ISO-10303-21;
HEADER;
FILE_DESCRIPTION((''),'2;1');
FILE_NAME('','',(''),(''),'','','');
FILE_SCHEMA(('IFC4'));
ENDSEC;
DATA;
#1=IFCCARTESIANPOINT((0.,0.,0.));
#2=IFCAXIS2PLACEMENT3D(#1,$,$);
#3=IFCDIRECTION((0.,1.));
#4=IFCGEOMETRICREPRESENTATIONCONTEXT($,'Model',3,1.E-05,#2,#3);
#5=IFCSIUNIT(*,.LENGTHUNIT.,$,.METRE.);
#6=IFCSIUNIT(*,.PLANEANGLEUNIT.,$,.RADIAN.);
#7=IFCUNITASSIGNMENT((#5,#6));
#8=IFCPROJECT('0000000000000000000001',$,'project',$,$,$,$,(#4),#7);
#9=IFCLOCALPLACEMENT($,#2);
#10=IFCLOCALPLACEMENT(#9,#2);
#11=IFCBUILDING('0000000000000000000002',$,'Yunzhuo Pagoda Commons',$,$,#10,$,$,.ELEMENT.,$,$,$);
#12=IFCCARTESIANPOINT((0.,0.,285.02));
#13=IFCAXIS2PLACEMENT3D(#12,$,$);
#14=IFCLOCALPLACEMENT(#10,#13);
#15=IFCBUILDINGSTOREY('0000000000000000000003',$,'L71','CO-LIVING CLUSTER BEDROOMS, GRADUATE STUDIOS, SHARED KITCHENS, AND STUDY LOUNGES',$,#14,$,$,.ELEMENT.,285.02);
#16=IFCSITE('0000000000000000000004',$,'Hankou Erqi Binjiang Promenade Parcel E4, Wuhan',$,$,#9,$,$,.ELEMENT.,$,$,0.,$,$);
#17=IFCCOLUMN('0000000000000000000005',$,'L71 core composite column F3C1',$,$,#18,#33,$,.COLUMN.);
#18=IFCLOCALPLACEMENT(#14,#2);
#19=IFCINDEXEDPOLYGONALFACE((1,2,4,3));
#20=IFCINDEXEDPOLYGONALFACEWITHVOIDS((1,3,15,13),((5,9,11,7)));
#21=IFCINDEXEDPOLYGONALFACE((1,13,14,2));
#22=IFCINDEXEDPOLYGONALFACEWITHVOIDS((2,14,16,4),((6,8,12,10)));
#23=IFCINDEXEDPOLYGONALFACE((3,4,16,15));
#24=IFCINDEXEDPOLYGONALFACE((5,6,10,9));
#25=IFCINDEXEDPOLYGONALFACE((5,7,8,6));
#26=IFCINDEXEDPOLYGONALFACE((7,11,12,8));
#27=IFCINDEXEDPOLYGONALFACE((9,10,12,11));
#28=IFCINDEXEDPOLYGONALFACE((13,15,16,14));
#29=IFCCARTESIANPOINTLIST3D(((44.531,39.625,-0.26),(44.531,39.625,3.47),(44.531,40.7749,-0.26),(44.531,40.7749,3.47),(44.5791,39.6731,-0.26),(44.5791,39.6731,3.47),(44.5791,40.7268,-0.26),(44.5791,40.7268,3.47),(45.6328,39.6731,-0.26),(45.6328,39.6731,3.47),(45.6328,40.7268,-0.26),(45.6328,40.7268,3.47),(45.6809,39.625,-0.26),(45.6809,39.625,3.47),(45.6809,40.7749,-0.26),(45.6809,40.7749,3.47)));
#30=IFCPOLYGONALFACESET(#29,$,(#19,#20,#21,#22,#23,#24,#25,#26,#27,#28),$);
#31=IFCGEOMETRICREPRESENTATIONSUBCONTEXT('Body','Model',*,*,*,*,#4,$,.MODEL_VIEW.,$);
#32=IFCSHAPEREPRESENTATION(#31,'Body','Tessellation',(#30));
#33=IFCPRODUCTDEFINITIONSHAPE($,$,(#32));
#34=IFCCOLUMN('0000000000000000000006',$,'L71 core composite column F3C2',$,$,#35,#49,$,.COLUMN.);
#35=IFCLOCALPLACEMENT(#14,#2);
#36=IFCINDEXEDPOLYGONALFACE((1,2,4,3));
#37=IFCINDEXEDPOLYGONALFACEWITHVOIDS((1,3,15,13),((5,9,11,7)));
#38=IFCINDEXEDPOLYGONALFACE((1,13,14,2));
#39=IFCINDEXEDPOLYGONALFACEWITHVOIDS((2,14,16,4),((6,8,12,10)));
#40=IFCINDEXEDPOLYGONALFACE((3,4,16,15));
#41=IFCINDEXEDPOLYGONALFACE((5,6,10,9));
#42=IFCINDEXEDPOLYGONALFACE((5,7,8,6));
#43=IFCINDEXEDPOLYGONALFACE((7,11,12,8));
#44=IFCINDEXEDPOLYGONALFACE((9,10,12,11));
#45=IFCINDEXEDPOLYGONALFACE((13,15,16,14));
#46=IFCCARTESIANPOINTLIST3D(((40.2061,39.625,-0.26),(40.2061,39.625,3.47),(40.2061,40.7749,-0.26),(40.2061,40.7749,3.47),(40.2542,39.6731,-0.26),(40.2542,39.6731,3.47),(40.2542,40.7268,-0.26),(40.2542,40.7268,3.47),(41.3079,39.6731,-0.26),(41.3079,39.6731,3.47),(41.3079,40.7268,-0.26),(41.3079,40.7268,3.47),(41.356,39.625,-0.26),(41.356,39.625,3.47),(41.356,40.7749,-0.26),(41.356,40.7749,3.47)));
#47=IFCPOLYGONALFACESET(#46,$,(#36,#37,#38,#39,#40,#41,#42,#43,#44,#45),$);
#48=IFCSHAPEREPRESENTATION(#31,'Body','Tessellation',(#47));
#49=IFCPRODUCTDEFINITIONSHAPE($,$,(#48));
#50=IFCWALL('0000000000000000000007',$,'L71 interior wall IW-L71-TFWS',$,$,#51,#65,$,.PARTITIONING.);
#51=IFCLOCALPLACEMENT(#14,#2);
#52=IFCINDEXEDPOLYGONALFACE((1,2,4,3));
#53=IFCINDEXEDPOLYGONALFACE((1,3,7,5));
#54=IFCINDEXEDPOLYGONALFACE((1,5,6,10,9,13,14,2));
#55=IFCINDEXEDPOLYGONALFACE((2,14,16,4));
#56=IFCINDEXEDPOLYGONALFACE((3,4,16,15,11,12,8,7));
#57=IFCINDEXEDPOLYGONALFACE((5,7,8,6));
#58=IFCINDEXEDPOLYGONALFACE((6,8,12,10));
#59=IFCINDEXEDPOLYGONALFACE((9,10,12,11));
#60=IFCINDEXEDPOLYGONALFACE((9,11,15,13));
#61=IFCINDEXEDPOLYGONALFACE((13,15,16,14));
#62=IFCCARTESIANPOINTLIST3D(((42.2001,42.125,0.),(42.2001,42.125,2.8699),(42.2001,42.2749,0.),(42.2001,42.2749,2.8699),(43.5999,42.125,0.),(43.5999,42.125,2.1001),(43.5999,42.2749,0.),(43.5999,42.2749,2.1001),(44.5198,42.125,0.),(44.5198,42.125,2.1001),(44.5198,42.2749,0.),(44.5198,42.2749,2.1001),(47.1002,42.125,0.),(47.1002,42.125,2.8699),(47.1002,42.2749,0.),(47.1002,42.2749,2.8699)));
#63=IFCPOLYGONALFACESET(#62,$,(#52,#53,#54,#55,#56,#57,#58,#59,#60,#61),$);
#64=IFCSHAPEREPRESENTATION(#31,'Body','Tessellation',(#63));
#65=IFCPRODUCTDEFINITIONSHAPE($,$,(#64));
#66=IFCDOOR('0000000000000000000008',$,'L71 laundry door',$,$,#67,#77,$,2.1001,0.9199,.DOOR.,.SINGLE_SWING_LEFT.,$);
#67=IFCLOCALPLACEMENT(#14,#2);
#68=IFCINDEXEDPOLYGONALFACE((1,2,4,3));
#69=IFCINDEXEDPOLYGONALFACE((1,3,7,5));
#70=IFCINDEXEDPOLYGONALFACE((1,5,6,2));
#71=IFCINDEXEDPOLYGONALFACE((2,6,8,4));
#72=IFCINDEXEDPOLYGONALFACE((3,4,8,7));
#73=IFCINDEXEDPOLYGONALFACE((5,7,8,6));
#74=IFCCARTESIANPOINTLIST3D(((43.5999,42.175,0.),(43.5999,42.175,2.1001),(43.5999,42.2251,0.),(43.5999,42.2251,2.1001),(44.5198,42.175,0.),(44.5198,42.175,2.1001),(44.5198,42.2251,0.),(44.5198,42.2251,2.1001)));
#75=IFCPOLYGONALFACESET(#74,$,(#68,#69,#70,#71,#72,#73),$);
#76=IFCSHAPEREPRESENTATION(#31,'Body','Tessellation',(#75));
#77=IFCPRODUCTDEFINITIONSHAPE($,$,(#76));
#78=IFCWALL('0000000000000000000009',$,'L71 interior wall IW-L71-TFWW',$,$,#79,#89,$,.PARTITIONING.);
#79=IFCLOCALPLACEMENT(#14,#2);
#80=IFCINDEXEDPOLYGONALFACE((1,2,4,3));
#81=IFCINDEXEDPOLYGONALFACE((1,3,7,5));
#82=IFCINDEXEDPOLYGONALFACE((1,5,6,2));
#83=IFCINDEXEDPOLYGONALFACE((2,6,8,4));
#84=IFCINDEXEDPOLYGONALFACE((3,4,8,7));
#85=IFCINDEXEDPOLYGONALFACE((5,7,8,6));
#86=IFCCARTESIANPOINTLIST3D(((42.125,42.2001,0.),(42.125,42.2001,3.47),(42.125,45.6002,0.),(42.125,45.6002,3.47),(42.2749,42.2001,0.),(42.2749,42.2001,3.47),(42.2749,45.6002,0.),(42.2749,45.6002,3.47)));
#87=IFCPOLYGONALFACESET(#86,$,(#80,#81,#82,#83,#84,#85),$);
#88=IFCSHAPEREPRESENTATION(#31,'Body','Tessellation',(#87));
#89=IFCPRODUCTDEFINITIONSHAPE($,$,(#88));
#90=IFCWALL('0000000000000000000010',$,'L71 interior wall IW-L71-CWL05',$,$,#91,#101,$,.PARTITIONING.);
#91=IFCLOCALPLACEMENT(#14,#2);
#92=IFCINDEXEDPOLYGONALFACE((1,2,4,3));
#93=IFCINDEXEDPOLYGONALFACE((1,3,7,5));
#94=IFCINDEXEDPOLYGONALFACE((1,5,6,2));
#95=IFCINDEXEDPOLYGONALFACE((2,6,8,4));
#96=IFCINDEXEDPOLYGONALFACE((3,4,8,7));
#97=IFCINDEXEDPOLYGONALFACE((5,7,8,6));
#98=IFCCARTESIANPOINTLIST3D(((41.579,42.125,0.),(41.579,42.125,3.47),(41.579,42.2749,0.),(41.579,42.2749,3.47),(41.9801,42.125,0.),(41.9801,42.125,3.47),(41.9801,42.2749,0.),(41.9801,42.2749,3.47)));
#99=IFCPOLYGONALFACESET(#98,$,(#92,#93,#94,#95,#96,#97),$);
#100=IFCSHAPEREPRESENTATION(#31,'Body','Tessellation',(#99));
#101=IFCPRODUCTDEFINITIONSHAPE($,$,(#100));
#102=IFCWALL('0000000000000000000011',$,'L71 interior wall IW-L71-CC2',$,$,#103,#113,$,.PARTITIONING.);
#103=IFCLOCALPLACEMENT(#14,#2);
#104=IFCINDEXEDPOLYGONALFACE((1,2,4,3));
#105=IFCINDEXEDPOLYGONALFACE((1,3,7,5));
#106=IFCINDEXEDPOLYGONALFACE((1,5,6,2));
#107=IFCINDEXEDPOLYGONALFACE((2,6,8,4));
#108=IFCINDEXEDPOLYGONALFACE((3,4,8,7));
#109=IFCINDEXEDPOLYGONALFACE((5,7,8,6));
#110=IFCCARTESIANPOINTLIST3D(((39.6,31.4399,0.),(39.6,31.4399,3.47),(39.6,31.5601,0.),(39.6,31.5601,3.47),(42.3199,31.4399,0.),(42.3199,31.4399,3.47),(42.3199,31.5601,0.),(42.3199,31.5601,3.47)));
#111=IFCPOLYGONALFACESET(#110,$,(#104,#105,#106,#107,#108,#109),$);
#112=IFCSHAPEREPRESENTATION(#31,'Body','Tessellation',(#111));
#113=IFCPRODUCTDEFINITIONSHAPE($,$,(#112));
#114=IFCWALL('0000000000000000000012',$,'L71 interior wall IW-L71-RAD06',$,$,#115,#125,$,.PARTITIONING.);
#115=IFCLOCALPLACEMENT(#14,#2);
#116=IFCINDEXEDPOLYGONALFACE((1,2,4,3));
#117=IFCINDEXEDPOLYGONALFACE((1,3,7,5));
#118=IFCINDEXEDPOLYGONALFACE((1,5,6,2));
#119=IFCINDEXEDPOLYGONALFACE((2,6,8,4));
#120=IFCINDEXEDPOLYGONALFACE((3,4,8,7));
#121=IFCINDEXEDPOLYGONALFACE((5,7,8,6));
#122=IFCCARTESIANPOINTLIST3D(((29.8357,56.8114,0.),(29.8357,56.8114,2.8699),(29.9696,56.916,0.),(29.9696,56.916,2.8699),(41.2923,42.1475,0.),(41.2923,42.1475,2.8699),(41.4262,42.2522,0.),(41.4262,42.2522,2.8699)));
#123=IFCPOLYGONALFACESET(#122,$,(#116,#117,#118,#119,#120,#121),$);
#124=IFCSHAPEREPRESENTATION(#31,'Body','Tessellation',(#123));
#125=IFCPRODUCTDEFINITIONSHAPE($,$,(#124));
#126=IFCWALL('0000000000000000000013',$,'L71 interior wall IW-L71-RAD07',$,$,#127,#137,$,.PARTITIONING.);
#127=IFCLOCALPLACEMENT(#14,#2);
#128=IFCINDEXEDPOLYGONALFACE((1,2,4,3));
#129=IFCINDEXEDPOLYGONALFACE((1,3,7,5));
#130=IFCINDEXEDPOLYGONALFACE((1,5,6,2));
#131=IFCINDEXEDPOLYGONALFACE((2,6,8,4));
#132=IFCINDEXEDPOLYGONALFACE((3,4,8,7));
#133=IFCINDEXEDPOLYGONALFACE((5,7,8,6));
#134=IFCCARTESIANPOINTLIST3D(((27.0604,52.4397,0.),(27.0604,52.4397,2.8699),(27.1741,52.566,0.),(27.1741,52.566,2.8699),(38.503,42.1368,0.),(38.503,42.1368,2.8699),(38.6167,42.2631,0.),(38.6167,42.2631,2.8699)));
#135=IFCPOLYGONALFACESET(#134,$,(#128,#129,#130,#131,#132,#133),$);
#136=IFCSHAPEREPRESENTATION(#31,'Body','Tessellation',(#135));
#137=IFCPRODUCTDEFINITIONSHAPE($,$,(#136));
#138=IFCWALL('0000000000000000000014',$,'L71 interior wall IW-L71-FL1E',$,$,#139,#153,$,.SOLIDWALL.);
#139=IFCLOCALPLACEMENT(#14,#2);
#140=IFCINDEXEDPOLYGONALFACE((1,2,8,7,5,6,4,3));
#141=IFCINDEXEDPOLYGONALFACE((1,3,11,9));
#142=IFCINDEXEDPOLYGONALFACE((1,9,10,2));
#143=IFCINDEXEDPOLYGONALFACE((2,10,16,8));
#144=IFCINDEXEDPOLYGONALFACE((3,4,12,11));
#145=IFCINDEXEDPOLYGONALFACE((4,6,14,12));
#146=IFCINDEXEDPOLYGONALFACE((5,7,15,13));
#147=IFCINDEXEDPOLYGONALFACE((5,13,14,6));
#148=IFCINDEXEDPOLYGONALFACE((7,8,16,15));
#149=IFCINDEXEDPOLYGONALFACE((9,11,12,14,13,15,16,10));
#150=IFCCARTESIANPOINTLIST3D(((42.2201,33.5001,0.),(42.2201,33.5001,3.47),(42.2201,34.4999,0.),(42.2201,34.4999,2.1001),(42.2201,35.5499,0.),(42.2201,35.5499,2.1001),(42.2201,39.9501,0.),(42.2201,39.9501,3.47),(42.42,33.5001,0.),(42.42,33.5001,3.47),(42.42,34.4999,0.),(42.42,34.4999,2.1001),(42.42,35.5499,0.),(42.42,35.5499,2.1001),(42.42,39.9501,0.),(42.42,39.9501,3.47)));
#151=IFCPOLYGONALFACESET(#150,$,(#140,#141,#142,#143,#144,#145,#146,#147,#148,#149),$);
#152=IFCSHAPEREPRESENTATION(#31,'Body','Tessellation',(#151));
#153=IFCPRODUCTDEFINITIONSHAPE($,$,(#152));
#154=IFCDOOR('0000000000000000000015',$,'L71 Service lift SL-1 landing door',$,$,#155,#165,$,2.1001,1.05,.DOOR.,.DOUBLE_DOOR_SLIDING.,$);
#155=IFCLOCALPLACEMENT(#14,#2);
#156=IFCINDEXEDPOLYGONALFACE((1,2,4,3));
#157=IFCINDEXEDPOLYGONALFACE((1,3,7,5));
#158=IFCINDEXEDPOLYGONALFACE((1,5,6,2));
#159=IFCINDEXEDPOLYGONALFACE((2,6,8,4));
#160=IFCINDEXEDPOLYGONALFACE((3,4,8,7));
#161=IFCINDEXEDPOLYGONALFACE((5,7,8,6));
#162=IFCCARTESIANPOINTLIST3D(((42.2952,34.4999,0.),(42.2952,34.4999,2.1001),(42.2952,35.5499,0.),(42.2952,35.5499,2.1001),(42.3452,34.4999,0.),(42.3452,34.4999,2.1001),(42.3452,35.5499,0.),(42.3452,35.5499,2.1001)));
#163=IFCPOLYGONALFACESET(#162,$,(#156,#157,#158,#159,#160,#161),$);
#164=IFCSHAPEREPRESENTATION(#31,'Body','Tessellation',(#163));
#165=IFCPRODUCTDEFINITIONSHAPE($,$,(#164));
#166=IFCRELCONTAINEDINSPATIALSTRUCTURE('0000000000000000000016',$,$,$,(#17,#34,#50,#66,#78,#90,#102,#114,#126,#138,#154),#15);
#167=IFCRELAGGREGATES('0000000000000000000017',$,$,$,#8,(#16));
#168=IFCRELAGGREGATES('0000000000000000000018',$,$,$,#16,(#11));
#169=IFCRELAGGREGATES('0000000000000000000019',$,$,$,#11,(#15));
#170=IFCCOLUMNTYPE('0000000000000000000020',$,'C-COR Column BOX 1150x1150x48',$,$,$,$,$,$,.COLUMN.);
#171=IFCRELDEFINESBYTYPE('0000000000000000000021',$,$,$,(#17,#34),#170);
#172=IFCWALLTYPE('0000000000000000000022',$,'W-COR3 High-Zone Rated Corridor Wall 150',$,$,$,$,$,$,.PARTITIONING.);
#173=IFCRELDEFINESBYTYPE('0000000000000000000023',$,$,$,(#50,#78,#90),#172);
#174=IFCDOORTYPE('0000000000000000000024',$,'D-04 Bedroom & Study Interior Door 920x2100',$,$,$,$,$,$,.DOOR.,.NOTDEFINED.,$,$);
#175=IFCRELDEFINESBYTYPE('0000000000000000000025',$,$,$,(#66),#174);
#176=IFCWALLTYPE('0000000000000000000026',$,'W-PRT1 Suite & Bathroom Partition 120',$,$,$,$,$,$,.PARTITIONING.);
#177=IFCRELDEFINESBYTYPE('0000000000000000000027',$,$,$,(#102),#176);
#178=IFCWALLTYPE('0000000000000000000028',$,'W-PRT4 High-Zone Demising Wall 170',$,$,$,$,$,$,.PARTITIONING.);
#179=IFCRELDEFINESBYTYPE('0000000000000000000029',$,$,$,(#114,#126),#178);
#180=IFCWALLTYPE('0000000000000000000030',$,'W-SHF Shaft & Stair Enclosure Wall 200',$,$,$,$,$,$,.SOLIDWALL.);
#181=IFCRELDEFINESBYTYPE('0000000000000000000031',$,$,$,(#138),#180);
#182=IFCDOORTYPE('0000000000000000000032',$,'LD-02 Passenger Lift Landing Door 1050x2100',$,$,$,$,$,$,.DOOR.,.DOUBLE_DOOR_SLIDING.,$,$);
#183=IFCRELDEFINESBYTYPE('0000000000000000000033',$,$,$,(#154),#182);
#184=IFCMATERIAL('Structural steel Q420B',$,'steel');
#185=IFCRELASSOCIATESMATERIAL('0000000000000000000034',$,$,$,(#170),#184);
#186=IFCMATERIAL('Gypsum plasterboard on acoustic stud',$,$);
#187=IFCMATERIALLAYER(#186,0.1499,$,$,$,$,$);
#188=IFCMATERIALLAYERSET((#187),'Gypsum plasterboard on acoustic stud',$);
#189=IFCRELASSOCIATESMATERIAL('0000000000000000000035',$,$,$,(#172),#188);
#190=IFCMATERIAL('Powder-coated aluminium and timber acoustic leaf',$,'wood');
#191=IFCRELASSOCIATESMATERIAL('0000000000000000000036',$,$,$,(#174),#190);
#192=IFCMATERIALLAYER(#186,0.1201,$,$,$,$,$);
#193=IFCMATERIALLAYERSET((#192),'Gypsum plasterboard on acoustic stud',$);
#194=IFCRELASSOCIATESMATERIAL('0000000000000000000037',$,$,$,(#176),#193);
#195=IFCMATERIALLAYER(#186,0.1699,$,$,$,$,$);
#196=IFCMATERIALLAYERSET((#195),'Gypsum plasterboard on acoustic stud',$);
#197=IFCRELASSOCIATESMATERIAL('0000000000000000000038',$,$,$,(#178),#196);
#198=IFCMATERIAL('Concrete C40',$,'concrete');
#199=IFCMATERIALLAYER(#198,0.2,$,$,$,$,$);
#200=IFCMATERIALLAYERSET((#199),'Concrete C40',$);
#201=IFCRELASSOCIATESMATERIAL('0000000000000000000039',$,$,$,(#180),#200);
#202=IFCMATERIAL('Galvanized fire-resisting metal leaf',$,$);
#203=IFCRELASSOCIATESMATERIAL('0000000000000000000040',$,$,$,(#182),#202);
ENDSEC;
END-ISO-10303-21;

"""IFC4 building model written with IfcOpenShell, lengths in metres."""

from ifc_helpers import new_model, si_unit, direction, frame, frame_2d, origin, origin_with_axes, origin_2d, place, context, subcontext, project, spatial, rectangle, hollow_rectangle, extrude, source, transform, mapped, material, layer, layer_set, material_profile, profile_set, type_object, element, fill, save


model = new_model("IFC4")

# Units and contexts
model_context = context("Model", 3, precision=1e-05, world=origin(), true_north=direction((0.0, 1.0)))
body_context = subcontext(model_context, "Body", "Model", "MODEL_VIEW")
ifc_project = project(units=[si_unit("LENGTHUNIT", "METRE"), si_unit("PLANEANGLEUNIT", "RADIAN")], contexts=[model_context])

# Site, building, storey
site_placement = place(None, origin())
site = spatial("IfcSite", under=ifc_project, at=site_placement, Name="Hankou Erqi Binjiang Promenade Parcel E4, Wuhan", CompositionType="ELEMENT", RefElevation=0.0)
building_placement = place(site_placement, origin())
building = spatial("IfcBuilding", under=site, at=building_placement, Name="Yunzhuo Pagoda Commons", CompositionType="ELEMENT")
storey_placement = place(building_placement, frame((0.0, 0.0, 285.02)))
storey = spatial("IfcBuildingStorey", under=building, at=storey_placement, Name="L71", Description="CO-LIVING CLUSTER BEDROOMS, GRADUATE STUDIOS, SHARED KITCHENS, AND STUDY LOUNGES", CompositionType="ELEMENT", Elevation=285.02)

# Columns
ifc_material_1 = material(Name="Structural steel Q420B", Category="steel")
ifc_material_profile = material_profile(ifc_material_1, hollow_rectangle(XDim=1.1499, YDim=1.1499, WallThickness=0.0481, at=origin_2d()), Name="Structural steel Q420B")
ifc_profile_set = profile_set([ifc_material_profile], Name="Structural steel Q420B")
column_type = type_object("IfcColumnType", Name="C-COR Column BOX 1150x1150x48", PredefinedType="COLUMN", material=ifc_profile_set)
shared_shape_1 = source(origin(), body_context, "Body", "SweptSolid", [
    extrude(hollow_rectangle(XDim=1.1499, YDim=1.1499, WallThickness=0.0481, at=origin_2d()), origin(), (0.0, 0.0, 1.0), 3.73),
])
for number, where, z_axis, x_axis, name in (
    (1, (45.106, 40.2, -0.26), (0.0, 0.0, 1.0), (1.0, 0.0, 0.0), "L71 core composite column F3C1"),
    (2, (40.781, 40.2, -0.26), (0.0, 0.0, 1.0), (1.0, 0.0, 0.0), "L71 core composite column F3C2"),
):
    element("IfcColumn", number, at=place(storey_placement, frame(where, z_axis=z_axis, x_axis=x_axis)), inside=storey, type_object=column_type, Name=name, PredefinedType="COLUMN", context=body_context, shape_type="MappedRepresentation", body=[
        mapped(shared_shape_1, transform((0.0, 0.0, 0.0), scale=1.0)),
    ])

# Wall, opening, door
ifc_material_2 = material(Name="Gypsum plasterboard on acoustic stud")
ifc_layer_1 = layer(ifc_material_2, 0.1499)
ifc_layer_set_1 = layer_set([ifc_layer_1], Name="Gypsum plasterboard on acoustic stud")
wall_type_1 = type_object("IfcWallType", Name="W-COR3 High-Zone Rated Corridor Wall 150", PredefinedType="PARTITIONING", material=ifc_layer_set_1)
wall_1_placement = place(storey_placement, frame((42.2, 42.2, 0.0), z_axis=(0.0, 0.0, 1.0), x_axis=(1.0, 0.0, 0.0)))
wall_1 = element("IfcWall", 3, at=wall_1_placement, inside=storey, type_object=wall_type_1, Name="L71 interior wall IW-L71-TFWS", PredefinedType="PARTITIONING", context=body_context, shape_type="SweptSolid", body=[
    extrude(rectangle(XDim=4.9001, YDim=0.1499, at=frame_2d((2.4502, 0.0))), origin(), (0.0, 0.0, 1.0), 2.8699),
])
opening_1_placement = place(wall_1_placement, frame((1.3999, 0.0, 0.0)))
opening_1 = element("IfcOpeningElement", 4, at=opening_1_placement, cuts=wall_1, PredefinedType="OPENING", context=body_context, shape_type="SweptSolid", body=[
    extrude(rectangle(XDim=0.9199, YDim=2.1001, at=frame_2d((0.46, 1.05))), frame((0.0, 0.085, 0.0), z_axis=(0.0, -1.0, 0.0), x_axis=(1.0, 0.0, 0.0)), (0.0, 0.0, 1.0), 0.1699),
])
ifc_material_3 = material(Name="Powder-coated aluminium and timber acoustic leaf", Category="wood")
door_type_1 = type_object("IfcDoorType", Name="D-04 Bedroom & Study Interior Door 920x2100", OperationType="NOTDEFINED", PredefinedType="DOOR", material=ifc_material_3)
shared_shape_2 = source(origin(), body_context, "Body", "SweptSolid", [
    extrude(rectangle(XDim=0.9199, YDim=2.1001, at=frame_2d((0.46, 1.05))), frame((0.0, 0.0249, 0.0), z_axis=(0.0, -1.0, 0.0), x_axis=(1.0, 0.0, 0.0)), (0.0, 0.0, 1.0), 0.05),
])
door_1_placement = place(opening_1_placement, frame((0.9199, 0.0, 0.0), z_axis=(0.0, 0.0, 1.0), x_axis=(-1.0, 0.0, 0.0)))
door_1 = element("IfcDoor", 5, at=door_1_placement, inside=storey, type_object=door_type_1, Name="L71 laundry door", OperationType="SINGLE_SWING_LEFT", OverallHeight=2.1001, OverallWidth=0.9199, PredefinedType="DOOR", context=body_context, shape_type="MappedRepresentation", body=[
    mapped(shared_shape_2, transform((0.0, 0.0, 0.0), scale=1.0)),
])
fill(opening_1, door_1)

# Wall
wall_2_placement = place(storey_placement, frame((42.2, 42.2, 0.0), z_axis=(0.0, 0.0, 1.0), x_axis=(0.0, 1.0, 0.0)))
element("IfcWall", 6, at=wall_2_placement, inside=storey, type_object=wall_type_1, Name="L71 interior wall IW-L71-TFWW", PredefinedType="PARTITIONING", context=body_context, shape_type="SweptSolid", body=[
    extrude(rectangle(XDim=3.4001, YDim=0.1499, at=frame_2d((1.7002, 0.0))), origin(), (0.0, 0.0, 1.0), 3.47),
])

# Shared definitions
ifc_material_4 = material(Name="Galvanized fire-resisting metal leaf")

# Walls
wall_3_placement = place(storey_placement, frame((41.5789, 42.2, 0.0), z_axis=(0.0, 0.0, 1.0), x_axis=(1.0, 0.0, 0.0)))
element("IfcWall", 7, at=wall_3_placement, inside=storey, type_object=wall_type_1, Name="L71 interior wall IW-L71-CWL05", PredefinedType="PARTITIONING", context=body_context, shape_type="SweptSolid", body=[
    extrude(rectangle(XDim=0.4011, YDim=0.1499, at=frame_2d((0.2007, 0.0))), origin(), (0.0, 0.0, 1.0), 3.47),
])
ifc_layer_2 = layer(ifc_material_2, 0.1201)
ifc_layer_set_2 = layer_set([ifc_layer_2], Name="Gypsum plasterboard on acoustic stud")
wall_type_2 = type_object("IfcWallType", Name="W-PRT1 Suite & Bathroom Partition 120", PredefinedType="PARTITIONING", material=ifc_layer_set_2)
wall_4_placement = place(storey_placement, frame((39.6001, 31.5, 0.0), z_axis=(0.0, 0.0, 1.0), x_axis=(1.0, 0.0, 0.0)))
element("IfcWall", 8, at=wall_4_placement, inside=storey, type_object=wall_type_2, Name="L71 interior wall IW-L71-CC2", PredefinedType="PARTITIONING", context=body_context, shape_type="SweptSolid", body=[
    extrude(rectangle(XDim=2.72, YDim=0.1201, at=frame_2d((1.3599, 0.0))), origin(), (0.0, 0.0, 1.0), 3.47),
])
ifc_layer_3 = layer(ifc_material_2, 0.1699)
ifc_layer_set_3 = layer_set([ifc_layer_3], Name="Gypsum plasterboard on acoustic stud")
wall_type_3 = type_object("IfcWallType", Name="W-PRT4 High-Zone Demising Wall 170", PredefinedType="PARTITIONING", material=ifc_layer_set_3)
wall_5_placement = place(storey_placement, frame((41.3591, 42.2, 0.0), z_axis=(0.0, 0.0, 1.0), x_axis=(-0.615659, 0.788013, 0.0)))
element("IfcWall", 9, at=wall_5_placement, inside=storey, type_object=wall_type_3, Name="L71 interior wall IW-L71-RAD06", PredefinedType="PARTITIONING", context=body_context, shape_type="SweptSolid", body=[
    extrude(rectangle(XDim=18.6086, YDim=0.1699, at=frame_2d((9.3042, 0.0))), origin(), (0.0, 0.0, 1.0), 2.8699),
])
wall_6_placement = place(storey_placement, frame((38.5598, 42.2, 0.0), z_axis=(0.0, 0.0, 1.0), x_axis=(-0.743145, 0.66913, 0.0)))
element("IfcWall", 10, at=wall_6_placement, inside=storey, type_object=wall_type_3, Name="L71 interior wall IW-L71-RAD07", PredefinedType="PARTITIONING", context=body_context, shape_type="SweptSolid", body=[
    extrude(rectangle(XDim=15.3975, YDim=0.1699, at=frame_2d((7.6987, 0.0))), origin(), (0.0, 0.0, 1.0), 2.8699),
])

# Wall, opening, door
ifc_material_5 = material(Name="Concrete C40", Category="concrete")
ifc_layer_4 = layer(ifc_material_5, 0.2)
ifc_layer_set_4 = layer_set([ifc_layer_4], Name="Concrete C40")
wall_type_4 = type_object("IfcWallType", Name="W-SHF Shaft & Stair Enclosure Wall 200", PredefinedType="SOLIDWALL", material=ifc_layer_set_4)
wall_7_placement = place(storey_placement, frame((42.3201, 33.5, 0.0), z_axis=(0.0, 0.0, 1.0), x_axis=(0.0, 1.0, 0.0)))
wall_7 = element("IfcWall", 11, at=wall_7_placement, inside=storey, type_object=wall_type_4, Name="L71 interior wall IW-L71-FL1E", PredefinedType="SOLIDWALL", context=body_context, shape_type="SweptSolid", body=[
    extrude(rectangle(XDim=6.45, YDim=0.2, at=frame_2d((3.2251, 0.0))), origin(), (0.0, 0.0, 1.0), 3.47),
])
opening_2_placement = place(wall_7_placement, frame((1.0, 0.0, 0.0)))
opening_2 = element("IfcOpeningElement", 12, at=opening_2_placement, cuts=wall_7, PredefinedType="OPENING", context=body_context, shape_type="SweptSolid", body=[
    extrude(rectangle(XDim=1.05, YDim=2.1001, at=frame_2d((0.5249, 1.05))), frame((0.0, 0.1099, 0.0), z_axis=(0.0, -1.0, 0.0), x_axis=(1.0, 0.0, 0.0)), (0.0, 0.0, 1.0), 0.22),
])
door_type_2 = type_object("IfcDoorType", Name="LD-02 Passenger Lift Landing Door 1050x2100", OperationType="DOUBLE_DOOR_SLIDING", PredefinedType="DOOR", material=ifc_material_4)
shared_shape_3 = source(origin(), body_context, "Body", "SweptSolid", [
    extrude(rectangle(XDim=1.05, YDim=2.1001, at=frame_2d((0.5249, 1.05))), frame((0.0, 0.0249, 0.0), z_axis=(0.0, -1.0, 0.0), x_axis=(1.0, 0.0, 0.0)), (0.0, 0.0, 1.0), 0.05),
])
door_2_placement = place(opening_2_placement, origin_with_axes())
door_2 = element("IfcDoor", 13, at=door_2_placement, inside=storey, type_object=door_type_2, Name="L71 Service lift SL-1 landing door", OperationType="DOUBLE_DOOR_SLIDING", OverallHeight=2.1001, OverallWidth=1.05, PredefinedType="DOOR", context=body_context, shape_type="MappedRepresentation", body=[
    mapped(shared_shape_3, transform((0.0, 0.0, 0.0), scale=1.0)),
])
fill(opening_2, door_2)

save(model, "model.ifc")
